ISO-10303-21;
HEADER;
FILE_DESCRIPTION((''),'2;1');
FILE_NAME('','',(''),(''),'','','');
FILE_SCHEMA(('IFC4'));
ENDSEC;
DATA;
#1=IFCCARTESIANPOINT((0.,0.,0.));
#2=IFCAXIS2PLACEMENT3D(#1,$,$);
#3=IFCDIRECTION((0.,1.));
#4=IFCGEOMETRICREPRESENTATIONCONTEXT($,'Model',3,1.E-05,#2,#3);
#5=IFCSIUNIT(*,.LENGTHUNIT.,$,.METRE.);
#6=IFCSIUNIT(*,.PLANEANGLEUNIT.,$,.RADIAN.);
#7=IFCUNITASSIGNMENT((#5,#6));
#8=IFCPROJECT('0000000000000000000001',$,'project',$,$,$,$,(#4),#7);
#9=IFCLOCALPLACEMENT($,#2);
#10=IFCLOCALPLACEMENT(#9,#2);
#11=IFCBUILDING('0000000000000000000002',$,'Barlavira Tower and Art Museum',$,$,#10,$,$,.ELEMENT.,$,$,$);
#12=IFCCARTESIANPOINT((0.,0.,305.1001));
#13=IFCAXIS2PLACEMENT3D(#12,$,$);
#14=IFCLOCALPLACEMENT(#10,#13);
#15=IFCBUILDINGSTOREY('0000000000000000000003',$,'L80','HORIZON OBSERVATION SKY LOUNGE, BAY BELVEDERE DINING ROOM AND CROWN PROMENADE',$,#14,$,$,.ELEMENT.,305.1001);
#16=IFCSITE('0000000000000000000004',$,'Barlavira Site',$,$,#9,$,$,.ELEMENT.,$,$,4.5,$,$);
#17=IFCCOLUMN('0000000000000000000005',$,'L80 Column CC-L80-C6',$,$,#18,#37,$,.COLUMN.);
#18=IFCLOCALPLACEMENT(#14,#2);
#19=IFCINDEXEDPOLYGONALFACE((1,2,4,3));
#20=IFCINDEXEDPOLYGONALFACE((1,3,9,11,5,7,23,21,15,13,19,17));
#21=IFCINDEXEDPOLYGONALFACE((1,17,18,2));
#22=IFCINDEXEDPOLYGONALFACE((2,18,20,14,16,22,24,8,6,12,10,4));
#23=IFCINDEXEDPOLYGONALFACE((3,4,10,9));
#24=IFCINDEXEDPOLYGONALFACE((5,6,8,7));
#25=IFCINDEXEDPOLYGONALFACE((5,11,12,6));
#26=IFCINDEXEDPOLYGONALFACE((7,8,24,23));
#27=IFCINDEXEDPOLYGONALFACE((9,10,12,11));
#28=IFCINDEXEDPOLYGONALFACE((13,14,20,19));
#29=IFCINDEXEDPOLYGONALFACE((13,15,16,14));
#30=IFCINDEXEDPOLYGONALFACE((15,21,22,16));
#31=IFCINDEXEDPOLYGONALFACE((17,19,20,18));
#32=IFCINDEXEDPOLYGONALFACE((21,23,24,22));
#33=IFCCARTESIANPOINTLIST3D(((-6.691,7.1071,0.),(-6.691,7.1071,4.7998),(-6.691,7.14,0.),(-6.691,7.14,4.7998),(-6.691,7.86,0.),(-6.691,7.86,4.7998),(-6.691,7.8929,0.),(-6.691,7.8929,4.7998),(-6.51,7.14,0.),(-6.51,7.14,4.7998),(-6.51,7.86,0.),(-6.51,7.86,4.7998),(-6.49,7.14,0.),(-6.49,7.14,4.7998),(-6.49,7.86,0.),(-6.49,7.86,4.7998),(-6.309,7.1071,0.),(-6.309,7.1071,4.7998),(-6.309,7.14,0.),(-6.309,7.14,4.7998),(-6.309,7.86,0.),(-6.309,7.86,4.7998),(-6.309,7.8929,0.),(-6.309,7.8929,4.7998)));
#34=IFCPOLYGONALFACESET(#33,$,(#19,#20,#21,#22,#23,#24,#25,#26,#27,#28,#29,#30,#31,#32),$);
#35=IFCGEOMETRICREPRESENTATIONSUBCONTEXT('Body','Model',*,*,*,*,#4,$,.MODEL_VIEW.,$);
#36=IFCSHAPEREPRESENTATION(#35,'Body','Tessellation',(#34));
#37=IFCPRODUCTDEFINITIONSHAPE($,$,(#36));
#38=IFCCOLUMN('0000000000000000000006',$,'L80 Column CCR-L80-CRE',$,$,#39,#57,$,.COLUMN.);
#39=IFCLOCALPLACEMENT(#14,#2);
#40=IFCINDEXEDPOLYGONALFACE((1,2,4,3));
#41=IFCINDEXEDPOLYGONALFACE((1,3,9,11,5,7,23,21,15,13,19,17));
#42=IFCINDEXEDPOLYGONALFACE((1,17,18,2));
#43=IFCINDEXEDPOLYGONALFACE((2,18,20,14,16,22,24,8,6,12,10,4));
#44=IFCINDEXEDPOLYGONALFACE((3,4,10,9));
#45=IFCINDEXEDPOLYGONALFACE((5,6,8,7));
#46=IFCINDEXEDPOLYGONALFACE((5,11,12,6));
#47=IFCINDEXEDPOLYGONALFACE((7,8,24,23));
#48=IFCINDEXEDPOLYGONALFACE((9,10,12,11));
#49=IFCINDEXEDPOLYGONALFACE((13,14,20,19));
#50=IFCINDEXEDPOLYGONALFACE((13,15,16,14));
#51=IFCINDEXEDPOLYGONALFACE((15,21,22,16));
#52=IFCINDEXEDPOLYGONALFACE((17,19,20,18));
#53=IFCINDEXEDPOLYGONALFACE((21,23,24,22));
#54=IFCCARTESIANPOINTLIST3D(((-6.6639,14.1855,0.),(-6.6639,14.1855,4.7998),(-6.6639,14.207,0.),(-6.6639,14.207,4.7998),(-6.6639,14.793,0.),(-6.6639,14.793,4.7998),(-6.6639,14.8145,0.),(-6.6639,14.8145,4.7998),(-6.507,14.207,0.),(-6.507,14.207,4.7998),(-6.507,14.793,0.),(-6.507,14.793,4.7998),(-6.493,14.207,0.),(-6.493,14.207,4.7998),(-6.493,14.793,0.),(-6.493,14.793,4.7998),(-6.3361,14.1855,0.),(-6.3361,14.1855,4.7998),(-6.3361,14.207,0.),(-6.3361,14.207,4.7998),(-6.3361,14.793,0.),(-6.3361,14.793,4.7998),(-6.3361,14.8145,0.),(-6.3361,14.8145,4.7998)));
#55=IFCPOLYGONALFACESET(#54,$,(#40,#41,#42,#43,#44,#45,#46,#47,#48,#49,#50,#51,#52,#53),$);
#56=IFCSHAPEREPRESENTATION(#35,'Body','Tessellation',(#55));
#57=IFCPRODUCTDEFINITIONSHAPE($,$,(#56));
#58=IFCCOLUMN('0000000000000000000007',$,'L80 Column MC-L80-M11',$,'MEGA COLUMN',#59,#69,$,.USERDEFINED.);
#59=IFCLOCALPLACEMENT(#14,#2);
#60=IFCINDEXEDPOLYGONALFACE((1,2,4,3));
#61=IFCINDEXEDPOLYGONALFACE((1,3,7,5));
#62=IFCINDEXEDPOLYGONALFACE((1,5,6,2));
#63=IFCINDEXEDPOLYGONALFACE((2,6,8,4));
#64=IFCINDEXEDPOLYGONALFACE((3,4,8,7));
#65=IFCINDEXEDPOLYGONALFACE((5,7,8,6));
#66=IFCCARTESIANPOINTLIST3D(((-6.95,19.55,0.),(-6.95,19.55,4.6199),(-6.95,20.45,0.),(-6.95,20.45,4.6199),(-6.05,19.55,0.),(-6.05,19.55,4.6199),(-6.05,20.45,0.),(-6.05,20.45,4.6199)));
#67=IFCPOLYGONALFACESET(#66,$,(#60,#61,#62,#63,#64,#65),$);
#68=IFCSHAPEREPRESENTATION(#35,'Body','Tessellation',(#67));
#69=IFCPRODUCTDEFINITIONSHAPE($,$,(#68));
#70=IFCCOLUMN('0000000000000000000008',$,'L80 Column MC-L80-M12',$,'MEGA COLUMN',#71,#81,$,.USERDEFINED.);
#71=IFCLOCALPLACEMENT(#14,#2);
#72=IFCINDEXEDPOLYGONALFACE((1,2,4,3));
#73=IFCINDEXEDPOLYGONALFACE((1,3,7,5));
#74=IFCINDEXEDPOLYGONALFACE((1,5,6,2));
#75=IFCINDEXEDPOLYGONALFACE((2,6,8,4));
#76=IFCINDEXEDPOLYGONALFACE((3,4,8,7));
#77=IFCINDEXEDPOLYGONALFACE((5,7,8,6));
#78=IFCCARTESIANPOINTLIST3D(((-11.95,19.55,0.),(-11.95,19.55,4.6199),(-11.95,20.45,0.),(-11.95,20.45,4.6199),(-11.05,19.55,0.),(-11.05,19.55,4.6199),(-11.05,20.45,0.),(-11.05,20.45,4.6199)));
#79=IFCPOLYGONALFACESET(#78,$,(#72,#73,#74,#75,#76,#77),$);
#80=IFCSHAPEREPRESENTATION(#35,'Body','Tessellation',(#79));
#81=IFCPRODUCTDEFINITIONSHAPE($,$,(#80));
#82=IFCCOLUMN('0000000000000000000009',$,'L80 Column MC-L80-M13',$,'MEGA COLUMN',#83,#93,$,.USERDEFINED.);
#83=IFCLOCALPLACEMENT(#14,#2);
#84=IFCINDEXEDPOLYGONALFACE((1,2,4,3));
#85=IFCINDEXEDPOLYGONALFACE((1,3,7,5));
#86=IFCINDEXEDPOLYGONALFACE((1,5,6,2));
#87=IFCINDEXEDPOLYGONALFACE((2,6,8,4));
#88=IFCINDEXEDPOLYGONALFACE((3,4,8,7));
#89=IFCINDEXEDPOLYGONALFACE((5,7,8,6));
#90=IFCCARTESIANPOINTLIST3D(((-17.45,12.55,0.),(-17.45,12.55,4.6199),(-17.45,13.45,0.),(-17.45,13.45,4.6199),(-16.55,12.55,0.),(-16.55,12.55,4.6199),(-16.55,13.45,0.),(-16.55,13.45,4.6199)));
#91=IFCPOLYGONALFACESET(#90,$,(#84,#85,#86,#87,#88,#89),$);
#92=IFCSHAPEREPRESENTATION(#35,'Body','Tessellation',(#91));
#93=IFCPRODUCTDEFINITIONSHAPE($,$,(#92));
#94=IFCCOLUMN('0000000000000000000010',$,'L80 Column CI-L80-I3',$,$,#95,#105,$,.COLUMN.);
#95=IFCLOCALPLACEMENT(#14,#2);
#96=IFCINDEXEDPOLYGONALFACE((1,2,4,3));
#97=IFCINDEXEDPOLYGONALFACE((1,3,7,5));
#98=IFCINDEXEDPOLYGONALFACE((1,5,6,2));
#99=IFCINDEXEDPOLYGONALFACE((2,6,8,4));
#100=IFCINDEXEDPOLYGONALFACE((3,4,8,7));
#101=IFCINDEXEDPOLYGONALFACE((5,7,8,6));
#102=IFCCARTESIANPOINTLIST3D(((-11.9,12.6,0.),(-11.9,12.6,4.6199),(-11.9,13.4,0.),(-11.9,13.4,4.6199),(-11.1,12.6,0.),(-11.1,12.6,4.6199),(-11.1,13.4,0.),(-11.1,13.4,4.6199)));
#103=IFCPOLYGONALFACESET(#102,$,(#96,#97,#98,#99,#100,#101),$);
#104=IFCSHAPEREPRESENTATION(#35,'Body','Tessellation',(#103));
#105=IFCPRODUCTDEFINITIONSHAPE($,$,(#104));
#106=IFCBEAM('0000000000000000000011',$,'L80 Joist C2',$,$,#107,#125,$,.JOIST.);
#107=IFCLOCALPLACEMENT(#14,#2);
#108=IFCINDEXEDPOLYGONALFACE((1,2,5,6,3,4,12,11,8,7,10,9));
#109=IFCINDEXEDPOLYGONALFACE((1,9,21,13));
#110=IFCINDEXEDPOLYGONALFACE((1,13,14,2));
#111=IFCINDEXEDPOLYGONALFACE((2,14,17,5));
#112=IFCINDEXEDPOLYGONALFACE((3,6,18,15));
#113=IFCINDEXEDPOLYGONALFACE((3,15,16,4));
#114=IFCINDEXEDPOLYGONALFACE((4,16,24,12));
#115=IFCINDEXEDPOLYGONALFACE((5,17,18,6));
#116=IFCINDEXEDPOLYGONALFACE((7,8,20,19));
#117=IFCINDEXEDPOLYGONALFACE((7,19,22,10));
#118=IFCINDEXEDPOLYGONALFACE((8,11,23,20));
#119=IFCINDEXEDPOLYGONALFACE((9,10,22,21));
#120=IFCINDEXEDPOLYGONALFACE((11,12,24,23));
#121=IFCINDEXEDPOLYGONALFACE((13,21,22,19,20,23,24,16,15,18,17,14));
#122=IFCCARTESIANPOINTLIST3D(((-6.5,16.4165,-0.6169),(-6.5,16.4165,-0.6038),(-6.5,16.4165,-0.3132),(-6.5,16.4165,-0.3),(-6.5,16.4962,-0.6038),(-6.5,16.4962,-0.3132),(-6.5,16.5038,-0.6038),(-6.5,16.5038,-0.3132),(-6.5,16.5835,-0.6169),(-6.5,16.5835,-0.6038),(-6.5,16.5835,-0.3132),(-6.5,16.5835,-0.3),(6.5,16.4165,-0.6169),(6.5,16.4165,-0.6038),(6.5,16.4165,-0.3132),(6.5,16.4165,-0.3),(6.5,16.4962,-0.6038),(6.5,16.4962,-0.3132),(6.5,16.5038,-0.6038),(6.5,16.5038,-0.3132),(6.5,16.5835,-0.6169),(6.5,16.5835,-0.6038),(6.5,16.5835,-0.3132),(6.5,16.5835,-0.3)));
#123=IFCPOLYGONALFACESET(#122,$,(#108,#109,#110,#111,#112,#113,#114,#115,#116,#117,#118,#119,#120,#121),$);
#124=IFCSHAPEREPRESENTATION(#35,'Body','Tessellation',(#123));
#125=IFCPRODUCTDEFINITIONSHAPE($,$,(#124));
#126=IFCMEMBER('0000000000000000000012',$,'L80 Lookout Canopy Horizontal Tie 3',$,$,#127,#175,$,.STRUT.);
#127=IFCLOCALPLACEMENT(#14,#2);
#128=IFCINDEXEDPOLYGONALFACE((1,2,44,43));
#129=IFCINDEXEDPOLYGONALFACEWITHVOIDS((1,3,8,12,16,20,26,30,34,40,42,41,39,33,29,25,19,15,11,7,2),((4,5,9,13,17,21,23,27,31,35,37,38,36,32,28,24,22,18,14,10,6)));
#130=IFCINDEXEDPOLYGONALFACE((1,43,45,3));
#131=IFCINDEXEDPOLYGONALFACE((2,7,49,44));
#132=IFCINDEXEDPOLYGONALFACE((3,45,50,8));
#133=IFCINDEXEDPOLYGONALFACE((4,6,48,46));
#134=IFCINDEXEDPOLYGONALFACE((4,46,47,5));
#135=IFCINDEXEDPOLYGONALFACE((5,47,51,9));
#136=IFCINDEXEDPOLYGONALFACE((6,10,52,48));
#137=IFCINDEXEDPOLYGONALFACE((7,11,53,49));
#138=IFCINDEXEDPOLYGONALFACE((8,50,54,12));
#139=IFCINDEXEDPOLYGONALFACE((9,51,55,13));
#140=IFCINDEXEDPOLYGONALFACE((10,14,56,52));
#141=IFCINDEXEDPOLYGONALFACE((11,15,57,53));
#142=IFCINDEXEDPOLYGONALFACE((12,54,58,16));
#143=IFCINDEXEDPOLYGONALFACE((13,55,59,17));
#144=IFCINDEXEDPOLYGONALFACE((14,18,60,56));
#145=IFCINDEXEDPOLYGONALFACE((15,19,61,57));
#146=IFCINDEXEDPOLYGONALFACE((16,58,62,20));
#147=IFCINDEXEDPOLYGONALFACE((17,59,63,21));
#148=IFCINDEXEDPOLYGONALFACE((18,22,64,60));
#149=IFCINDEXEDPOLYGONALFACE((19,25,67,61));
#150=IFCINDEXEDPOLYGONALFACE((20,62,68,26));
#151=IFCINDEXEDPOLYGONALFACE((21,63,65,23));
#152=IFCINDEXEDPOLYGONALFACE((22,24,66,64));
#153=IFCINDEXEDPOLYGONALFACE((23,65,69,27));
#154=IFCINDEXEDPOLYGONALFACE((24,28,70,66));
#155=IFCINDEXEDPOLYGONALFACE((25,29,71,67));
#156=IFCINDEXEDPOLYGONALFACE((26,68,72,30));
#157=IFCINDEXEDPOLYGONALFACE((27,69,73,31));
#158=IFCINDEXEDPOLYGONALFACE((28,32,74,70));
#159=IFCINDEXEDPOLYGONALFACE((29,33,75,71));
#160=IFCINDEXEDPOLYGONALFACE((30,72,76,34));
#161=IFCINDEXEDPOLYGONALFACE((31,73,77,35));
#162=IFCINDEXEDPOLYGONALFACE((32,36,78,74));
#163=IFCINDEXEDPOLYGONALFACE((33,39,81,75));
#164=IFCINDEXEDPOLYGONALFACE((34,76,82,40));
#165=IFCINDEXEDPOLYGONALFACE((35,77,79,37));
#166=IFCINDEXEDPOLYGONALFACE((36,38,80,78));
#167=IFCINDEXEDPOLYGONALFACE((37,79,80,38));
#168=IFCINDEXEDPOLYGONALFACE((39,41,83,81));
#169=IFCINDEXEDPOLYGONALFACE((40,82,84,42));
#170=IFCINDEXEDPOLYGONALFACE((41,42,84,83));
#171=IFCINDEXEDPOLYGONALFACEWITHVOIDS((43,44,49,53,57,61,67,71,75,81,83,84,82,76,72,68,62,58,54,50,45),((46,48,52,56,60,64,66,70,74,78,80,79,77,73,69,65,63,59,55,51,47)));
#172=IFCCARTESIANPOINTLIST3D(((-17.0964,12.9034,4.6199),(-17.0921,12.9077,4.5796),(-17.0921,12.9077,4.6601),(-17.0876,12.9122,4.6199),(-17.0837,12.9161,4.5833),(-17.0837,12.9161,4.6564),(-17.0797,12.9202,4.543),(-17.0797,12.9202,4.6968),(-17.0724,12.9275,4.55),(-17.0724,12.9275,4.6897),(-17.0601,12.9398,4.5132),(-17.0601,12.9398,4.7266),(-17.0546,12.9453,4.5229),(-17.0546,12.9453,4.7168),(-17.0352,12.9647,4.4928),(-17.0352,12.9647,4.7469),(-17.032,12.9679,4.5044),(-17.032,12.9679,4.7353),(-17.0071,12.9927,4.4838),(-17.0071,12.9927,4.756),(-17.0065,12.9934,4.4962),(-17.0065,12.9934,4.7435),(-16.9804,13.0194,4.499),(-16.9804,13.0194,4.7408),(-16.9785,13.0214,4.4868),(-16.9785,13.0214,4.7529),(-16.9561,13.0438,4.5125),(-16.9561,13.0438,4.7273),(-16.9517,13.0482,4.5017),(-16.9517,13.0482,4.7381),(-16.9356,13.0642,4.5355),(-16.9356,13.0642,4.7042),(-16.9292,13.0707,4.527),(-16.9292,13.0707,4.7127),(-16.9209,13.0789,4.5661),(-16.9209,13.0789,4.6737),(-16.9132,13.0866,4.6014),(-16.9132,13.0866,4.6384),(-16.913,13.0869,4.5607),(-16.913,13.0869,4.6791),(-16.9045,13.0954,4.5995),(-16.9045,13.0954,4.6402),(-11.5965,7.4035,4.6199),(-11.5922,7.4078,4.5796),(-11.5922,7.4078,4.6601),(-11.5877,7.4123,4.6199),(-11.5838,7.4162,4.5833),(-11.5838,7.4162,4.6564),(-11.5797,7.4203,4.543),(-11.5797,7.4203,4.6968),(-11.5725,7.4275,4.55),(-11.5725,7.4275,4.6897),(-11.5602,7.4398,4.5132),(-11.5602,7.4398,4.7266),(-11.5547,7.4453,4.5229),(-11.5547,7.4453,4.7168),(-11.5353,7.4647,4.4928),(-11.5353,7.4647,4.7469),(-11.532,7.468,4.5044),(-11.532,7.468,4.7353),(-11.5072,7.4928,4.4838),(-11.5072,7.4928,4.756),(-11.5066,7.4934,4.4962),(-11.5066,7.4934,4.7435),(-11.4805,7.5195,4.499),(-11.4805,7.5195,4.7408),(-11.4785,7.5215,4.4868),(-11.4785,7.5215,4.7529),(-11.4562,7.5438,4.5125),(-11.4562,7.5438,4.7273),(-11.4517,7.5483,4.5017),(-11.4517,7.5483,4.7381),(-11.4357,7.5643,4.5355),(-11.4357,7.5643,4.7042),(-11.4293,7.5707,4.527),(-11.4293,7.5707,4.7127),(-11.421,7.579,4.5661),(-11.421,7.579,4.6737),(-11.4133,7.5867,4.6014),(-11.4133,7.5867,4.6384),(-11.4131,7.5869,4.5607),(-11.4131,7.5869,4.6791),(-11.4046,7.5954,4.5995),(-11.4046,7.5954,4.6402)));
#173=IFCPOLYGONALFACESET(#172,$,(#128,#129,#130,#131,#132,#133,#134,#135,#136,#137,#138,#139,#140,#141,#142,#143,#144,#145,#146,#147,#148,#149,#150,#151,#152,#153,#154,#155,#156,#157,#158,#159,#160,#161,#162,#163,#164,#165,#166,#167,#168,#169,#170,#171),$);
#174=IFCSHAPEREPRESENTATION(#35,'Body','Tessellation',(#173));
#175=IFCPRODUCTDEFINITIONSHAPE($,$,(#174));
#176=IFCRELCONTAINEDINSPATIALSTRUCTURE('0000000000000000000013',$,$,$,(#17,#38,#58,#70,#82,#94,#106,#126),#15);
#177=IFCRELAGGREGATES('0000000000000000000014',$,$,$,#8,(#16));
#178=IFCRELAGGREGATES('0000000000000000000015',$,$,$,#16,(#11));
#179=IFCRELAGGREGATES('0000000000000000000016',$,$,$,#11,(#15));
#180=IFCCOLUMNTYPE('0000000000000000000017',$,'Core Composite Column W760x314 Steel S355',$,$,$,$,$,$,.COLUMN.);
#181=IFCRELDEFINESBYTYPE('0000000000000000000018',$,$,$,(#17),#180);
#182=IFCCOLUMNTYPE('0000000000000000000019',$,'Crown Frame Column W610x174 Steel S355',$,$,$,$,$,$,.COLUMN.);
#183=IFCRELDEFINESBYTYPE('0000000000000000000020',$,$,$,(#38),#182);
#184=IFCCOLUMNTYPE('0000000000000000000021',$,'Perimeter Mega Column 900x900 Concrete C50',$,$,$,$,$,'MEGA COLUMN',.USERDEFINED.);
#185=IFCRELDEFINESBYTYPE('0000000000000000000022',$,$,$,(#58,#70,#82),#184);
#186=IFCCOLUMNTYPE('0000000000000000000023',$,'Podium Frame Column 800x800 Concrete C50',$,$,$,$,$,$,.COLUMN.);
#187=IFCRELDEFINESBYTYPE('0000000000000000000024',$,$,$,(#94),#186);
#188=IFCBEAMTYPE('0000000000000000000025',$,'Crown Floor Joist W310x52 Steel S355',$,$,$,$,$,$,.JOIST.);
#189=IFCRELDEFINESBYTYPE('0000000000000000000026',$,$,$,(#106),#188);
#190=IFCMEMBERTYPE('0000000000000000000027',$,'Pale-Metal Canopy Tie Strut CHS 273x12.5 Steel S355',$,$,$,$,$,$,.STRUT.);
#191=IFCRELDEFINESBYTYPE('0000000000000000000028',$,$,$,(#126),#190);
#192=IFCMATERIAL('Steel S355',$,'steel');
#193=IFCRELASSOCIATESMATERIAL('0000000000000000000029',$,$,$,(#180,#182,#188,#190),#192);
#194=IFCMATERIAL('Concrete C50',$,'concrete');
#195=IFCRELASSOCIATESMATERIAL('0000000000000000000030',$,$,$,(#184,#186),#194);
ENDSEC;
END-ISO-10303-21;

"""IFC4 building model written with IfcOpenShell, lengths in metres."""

from ifc_helpers import new_model, si_unit, direction, frame, origin, origin_2d, place, context, subcontext, project, spatial, rectangle, hollow_circle, i_section, extrude, material, material_profile, profile_set, type_object, element, save


model = new_model("IFC4")

# Units and contexts
model_context = context("Model", 3, precision=1e-05, world=origin(), true_north=direction((0.0, 1.0)))
body_context = subcontext(model_context, "Body", "Model", "MODEL_VIEW")
ifc_project = project(units=[si_unit("LENGTHUNIT", "METRE"), si_unit("PLANEANGLEUNIT", "RADIAN")], contexts=[model_context])

# Site, building, storey
site_placement = place(None, origin())
site = spatial("IfcSite", under=ifc_project, at=site_placement, Name="Barlavira Site", CompositionType="ELEMENT", RefElevation=4.5)
building_placement = place(site_placement, origin())
building = spatial("IfcBuilding", under=site, at=building_placement, Name="Barlavira Tower and Art Museum", CompositionType="ELEMENT")
storey_placement = place(building_placement, frame((0.0, 0.0, 305.1001)))
storey = spatial("IfcBuildingStorey", under=building, at=storey_placement, Name="L80", Description="HORIZON OBSERVATION SKY LOUNGE, BAY BELVEDERE DINING ROOM AND CROWN PROMENADE", CompositionType="ELEMENT", Elevation=305.1001)

# Columns
ifc_material_1 = material(Name="Steel S355", Category="steel")
ifc_material_profile_1 = material_profile(ifc_material_1, i_section(OverallWidth=0.3821, OverallDepth=0.7859, WebThickness=0.02, FlangeThickness=0.033, at=origin_2d()), Name="W760x314.0")
ifc_profile_set_1 = profile_set([ifc_material_profile_1], Name="Steel S355")
column_type_1 = type_object("IfcColumnType", Name="Core Composite Column W760x314 Steel S355", PredefinedType="COLUMN", material=ifc_profile_set_1)
column_1_placement = place(storey_placement, frame((-6.5, 7.5, 0.0), z_axis=(0.0, 0.0, 1.0), x_axis=(1.0, 0.0, 0.0)))
element("IfcColumn", 1, at=column_1_placement, inside=storey, type_object=column_type_1, Name="L80 Column CC-L80-C6", PredefinedType="COLUMN", context=body_context, shape_type="SweptSolid", body=[
    extrude(i_section(OverallWidth=0.3821, OverallDepth=0.7859, WebThickness=0.02, FlangeThickness=0.033, at=origin_2d()), origin(), (0.0, 0.0, 1.0), 4.7998),
])
ifc_material_profile_2 = material_profile(ifc_material_1, i_section(OverallWidth=0.3279, OverallDepth=0.6289, WebThickness=0.0139, FlangeThickness=0.0215, at=origin_2d()), Name="W610x174.0")
ifc_profile_set_2 = profile_set([ifc_material_profile_2], Name="Steel S355")
column_type_2 = type_object("IfcColumnType", Name="Crown Frame Column W610x174 Steel S355", PredefinedType="COLUMN", material=ifc_profile_set_2)
column_2_placement = place(storey_placement, frame((-6.5, 14.5, 0.0), z_axis=(0.0, 0.0, 1.0), x_axis=(1.0, 0.0, 0.0)))
element("IfcColumn", 2, at=column_2_placement, inside=storey, type_object=column_type_2, Name="L80 Column CCR-L80-CRE", PredefinedType="COLUMN", context=body_context, shape_type="SweptSolid", body=[
    extrude(i_section(OverallWidth=0.3279, OverallDepth=0.6289, WebThickness=0.0139, FlangeThickness=0.0215, at=origin_2d()), origin(), (0.0, 0.0, 1.0), 4.7998),
])
ifc_material_2 = material(Name="Concrete C50", Category="concrete")
ifc_material_profile_3 = material_profile(ifc_material_2, rectangle(XDim=0.8999, YDim=0.8999, at=origin_2d()), Name="RC-COL 900x900")
ifc_profile_set_3 = profile_set([ifc_material_profile_3], Name="Concrete C50")
column_type_3 = type_object("IfcColumnType", Name="Perimeter Mega Column 900x900 Concrete C50", ElementType="MEGA COLUMN", PredefinedType="USERDEFINED", material=ifc_profile_set_3)
for number, where, z_axis, x_axis, name in (
    (3, (-6.5, 20.0, 0.0), (0.0, 0.0, 1.0), (1.0, 0.0, 0.0), "L80 Column MC-L80-M11"),
    (4, (-11.5, 20.0, 0.0), (0.0, 0.0, 1.0), (1.0, 0.0, 0.0), "L80 Column MC-L80-M12"),
    (5, (-17.0, 13.0, 0.0), (0.0, 0.0, 1.0), (1.0, 0.0, 0.0), "L80 Column MC-L80-M13"),
):
    element("IfcColumn", number, at=place(storey_placement, frame(where, z_axis=z_axis, x_axis=x_axis)), inside=storey, type_object=column_type_3, Name=name, ObjectType="MEGA COLUMN", PredefinedType="USERDEFINED", context=body_context, shape_type="SweptSolid", body=[
        extrude(rectangle(XDim=0.8999, YDim=0.8999, at=origin_2d()), origin(), (0.0, 0.0, 1.0), 4.6199),
    ])
ifc_material_profile_4 = material_profile(ifc_material_2, rectangle(XDim=0.8, YDim=0.8, at=origin_2d()), Name="RC-COL 800x800")
ifc_profile_set_4 = profile_set([ifc_material_profile_4], Name="Concrete C50")
column_type_4 = type_object("IfcColumnType", Name="Podium Frame Column 800x800 Concrete C50", PredefinedType="COLUMN", material=ifc_profile_set_4)
column_3_placement = place(storey_placement, frame((-11.5, 13.0, 0.0), z_axis=(0.0, 0.0, 1.0), x_axis=(1.0, 0.0, 0.0)))
element("IfcColumn", 6, at=column_3_placement, inside=storey, type_object=column_type_4, Name="L80 Column CI-L80-I3", PredefinedType="COLUMN", context=body_context, shape_type="SweptSolid", body=[
    extrude(rectangle(XDim=0.8, YDim=0.8, at=origin_2d()), origin(), (0.0, 0.0, 1.0), 4.6199),
])

# Beam
ifc_material_profile_5 = material_profile(ifc_material_1, i_section(OverallWidth=0.167, OverallDepth=0.3169, WebThickness=0.0076, FlangeThickness=0.0132, at=origin_2d()), Name="W310x52.0")
ifc_profile_set_5 = profile_set([ifc_material_profile_5], Name="Steel S355")
beam_type_1 = type_object("IfcBeamType", Name="Crown Floor Joist W310x52 Steel S355", PredefinedType="JOIST", material=ifc_profile_set_5)
beam_1_placement = place(storey_placement, frame((-6.5, 16.5, -0.4585), z_axis=(1.0, 0.0, 0.0), x_axis=(0.0, 1.0, 0.0)))
element("IfcBeam", 7, at=beam_1_placement, inside=storey, type_object=beam_type_1, Name="L80 Joist C2", PredefinedType="JOIST", context=body_context, shape_type="SweptSolid", body=[
    extrude(i_section(OverallWidth=0.167, OverallDepth=0.3169, WebThickness=0.0076, FlangeThickness=0.0132, at=origin_2d()), origin(), (0.0, 0.0, 1.0), 13.0),
])

# Member
ifc_material_profile_6 = material_profile(ifc_material_1, hollow_circle(Radius=0.1365, WallThickness=0.0125, at=origin_2d()), Name="CHS 273.0x12.5")
ifc_profile_set_6 = profile_set([ifc_material_profile_6], Name="Steel S355")
member_type_1 = type_object("IfcMemberType", Name="Pale-Metal Canopy Tie Strut CHS 273x12.5 Steel S355", PredefinedType="STRUT", material=ifc_profile_set_6)
member_1_placement = place(storey_placement, frame((-11.5, 7.5, 4.6199), z_axis=(-0.707107, 0.707107, 0.0), x_axis=(-0.707107, -0.707107, 0.0)))
element("IfcMember", 8, at=member_1_placement, inside=storey, type_object=member_type_1, Name="L80 Lookout Canopy Horizontal Tie 3", PredefinedType="STRUT", context=body_context, shape_type="SweptSolid", body=[
    extrude(hollow_circle(Radius=0.1365, WallThickness=0.0125, at=origin_2d()), origin(), (0.0, 0.0, 1.0), 7.7781),
])

save(model, "model.ifc")
